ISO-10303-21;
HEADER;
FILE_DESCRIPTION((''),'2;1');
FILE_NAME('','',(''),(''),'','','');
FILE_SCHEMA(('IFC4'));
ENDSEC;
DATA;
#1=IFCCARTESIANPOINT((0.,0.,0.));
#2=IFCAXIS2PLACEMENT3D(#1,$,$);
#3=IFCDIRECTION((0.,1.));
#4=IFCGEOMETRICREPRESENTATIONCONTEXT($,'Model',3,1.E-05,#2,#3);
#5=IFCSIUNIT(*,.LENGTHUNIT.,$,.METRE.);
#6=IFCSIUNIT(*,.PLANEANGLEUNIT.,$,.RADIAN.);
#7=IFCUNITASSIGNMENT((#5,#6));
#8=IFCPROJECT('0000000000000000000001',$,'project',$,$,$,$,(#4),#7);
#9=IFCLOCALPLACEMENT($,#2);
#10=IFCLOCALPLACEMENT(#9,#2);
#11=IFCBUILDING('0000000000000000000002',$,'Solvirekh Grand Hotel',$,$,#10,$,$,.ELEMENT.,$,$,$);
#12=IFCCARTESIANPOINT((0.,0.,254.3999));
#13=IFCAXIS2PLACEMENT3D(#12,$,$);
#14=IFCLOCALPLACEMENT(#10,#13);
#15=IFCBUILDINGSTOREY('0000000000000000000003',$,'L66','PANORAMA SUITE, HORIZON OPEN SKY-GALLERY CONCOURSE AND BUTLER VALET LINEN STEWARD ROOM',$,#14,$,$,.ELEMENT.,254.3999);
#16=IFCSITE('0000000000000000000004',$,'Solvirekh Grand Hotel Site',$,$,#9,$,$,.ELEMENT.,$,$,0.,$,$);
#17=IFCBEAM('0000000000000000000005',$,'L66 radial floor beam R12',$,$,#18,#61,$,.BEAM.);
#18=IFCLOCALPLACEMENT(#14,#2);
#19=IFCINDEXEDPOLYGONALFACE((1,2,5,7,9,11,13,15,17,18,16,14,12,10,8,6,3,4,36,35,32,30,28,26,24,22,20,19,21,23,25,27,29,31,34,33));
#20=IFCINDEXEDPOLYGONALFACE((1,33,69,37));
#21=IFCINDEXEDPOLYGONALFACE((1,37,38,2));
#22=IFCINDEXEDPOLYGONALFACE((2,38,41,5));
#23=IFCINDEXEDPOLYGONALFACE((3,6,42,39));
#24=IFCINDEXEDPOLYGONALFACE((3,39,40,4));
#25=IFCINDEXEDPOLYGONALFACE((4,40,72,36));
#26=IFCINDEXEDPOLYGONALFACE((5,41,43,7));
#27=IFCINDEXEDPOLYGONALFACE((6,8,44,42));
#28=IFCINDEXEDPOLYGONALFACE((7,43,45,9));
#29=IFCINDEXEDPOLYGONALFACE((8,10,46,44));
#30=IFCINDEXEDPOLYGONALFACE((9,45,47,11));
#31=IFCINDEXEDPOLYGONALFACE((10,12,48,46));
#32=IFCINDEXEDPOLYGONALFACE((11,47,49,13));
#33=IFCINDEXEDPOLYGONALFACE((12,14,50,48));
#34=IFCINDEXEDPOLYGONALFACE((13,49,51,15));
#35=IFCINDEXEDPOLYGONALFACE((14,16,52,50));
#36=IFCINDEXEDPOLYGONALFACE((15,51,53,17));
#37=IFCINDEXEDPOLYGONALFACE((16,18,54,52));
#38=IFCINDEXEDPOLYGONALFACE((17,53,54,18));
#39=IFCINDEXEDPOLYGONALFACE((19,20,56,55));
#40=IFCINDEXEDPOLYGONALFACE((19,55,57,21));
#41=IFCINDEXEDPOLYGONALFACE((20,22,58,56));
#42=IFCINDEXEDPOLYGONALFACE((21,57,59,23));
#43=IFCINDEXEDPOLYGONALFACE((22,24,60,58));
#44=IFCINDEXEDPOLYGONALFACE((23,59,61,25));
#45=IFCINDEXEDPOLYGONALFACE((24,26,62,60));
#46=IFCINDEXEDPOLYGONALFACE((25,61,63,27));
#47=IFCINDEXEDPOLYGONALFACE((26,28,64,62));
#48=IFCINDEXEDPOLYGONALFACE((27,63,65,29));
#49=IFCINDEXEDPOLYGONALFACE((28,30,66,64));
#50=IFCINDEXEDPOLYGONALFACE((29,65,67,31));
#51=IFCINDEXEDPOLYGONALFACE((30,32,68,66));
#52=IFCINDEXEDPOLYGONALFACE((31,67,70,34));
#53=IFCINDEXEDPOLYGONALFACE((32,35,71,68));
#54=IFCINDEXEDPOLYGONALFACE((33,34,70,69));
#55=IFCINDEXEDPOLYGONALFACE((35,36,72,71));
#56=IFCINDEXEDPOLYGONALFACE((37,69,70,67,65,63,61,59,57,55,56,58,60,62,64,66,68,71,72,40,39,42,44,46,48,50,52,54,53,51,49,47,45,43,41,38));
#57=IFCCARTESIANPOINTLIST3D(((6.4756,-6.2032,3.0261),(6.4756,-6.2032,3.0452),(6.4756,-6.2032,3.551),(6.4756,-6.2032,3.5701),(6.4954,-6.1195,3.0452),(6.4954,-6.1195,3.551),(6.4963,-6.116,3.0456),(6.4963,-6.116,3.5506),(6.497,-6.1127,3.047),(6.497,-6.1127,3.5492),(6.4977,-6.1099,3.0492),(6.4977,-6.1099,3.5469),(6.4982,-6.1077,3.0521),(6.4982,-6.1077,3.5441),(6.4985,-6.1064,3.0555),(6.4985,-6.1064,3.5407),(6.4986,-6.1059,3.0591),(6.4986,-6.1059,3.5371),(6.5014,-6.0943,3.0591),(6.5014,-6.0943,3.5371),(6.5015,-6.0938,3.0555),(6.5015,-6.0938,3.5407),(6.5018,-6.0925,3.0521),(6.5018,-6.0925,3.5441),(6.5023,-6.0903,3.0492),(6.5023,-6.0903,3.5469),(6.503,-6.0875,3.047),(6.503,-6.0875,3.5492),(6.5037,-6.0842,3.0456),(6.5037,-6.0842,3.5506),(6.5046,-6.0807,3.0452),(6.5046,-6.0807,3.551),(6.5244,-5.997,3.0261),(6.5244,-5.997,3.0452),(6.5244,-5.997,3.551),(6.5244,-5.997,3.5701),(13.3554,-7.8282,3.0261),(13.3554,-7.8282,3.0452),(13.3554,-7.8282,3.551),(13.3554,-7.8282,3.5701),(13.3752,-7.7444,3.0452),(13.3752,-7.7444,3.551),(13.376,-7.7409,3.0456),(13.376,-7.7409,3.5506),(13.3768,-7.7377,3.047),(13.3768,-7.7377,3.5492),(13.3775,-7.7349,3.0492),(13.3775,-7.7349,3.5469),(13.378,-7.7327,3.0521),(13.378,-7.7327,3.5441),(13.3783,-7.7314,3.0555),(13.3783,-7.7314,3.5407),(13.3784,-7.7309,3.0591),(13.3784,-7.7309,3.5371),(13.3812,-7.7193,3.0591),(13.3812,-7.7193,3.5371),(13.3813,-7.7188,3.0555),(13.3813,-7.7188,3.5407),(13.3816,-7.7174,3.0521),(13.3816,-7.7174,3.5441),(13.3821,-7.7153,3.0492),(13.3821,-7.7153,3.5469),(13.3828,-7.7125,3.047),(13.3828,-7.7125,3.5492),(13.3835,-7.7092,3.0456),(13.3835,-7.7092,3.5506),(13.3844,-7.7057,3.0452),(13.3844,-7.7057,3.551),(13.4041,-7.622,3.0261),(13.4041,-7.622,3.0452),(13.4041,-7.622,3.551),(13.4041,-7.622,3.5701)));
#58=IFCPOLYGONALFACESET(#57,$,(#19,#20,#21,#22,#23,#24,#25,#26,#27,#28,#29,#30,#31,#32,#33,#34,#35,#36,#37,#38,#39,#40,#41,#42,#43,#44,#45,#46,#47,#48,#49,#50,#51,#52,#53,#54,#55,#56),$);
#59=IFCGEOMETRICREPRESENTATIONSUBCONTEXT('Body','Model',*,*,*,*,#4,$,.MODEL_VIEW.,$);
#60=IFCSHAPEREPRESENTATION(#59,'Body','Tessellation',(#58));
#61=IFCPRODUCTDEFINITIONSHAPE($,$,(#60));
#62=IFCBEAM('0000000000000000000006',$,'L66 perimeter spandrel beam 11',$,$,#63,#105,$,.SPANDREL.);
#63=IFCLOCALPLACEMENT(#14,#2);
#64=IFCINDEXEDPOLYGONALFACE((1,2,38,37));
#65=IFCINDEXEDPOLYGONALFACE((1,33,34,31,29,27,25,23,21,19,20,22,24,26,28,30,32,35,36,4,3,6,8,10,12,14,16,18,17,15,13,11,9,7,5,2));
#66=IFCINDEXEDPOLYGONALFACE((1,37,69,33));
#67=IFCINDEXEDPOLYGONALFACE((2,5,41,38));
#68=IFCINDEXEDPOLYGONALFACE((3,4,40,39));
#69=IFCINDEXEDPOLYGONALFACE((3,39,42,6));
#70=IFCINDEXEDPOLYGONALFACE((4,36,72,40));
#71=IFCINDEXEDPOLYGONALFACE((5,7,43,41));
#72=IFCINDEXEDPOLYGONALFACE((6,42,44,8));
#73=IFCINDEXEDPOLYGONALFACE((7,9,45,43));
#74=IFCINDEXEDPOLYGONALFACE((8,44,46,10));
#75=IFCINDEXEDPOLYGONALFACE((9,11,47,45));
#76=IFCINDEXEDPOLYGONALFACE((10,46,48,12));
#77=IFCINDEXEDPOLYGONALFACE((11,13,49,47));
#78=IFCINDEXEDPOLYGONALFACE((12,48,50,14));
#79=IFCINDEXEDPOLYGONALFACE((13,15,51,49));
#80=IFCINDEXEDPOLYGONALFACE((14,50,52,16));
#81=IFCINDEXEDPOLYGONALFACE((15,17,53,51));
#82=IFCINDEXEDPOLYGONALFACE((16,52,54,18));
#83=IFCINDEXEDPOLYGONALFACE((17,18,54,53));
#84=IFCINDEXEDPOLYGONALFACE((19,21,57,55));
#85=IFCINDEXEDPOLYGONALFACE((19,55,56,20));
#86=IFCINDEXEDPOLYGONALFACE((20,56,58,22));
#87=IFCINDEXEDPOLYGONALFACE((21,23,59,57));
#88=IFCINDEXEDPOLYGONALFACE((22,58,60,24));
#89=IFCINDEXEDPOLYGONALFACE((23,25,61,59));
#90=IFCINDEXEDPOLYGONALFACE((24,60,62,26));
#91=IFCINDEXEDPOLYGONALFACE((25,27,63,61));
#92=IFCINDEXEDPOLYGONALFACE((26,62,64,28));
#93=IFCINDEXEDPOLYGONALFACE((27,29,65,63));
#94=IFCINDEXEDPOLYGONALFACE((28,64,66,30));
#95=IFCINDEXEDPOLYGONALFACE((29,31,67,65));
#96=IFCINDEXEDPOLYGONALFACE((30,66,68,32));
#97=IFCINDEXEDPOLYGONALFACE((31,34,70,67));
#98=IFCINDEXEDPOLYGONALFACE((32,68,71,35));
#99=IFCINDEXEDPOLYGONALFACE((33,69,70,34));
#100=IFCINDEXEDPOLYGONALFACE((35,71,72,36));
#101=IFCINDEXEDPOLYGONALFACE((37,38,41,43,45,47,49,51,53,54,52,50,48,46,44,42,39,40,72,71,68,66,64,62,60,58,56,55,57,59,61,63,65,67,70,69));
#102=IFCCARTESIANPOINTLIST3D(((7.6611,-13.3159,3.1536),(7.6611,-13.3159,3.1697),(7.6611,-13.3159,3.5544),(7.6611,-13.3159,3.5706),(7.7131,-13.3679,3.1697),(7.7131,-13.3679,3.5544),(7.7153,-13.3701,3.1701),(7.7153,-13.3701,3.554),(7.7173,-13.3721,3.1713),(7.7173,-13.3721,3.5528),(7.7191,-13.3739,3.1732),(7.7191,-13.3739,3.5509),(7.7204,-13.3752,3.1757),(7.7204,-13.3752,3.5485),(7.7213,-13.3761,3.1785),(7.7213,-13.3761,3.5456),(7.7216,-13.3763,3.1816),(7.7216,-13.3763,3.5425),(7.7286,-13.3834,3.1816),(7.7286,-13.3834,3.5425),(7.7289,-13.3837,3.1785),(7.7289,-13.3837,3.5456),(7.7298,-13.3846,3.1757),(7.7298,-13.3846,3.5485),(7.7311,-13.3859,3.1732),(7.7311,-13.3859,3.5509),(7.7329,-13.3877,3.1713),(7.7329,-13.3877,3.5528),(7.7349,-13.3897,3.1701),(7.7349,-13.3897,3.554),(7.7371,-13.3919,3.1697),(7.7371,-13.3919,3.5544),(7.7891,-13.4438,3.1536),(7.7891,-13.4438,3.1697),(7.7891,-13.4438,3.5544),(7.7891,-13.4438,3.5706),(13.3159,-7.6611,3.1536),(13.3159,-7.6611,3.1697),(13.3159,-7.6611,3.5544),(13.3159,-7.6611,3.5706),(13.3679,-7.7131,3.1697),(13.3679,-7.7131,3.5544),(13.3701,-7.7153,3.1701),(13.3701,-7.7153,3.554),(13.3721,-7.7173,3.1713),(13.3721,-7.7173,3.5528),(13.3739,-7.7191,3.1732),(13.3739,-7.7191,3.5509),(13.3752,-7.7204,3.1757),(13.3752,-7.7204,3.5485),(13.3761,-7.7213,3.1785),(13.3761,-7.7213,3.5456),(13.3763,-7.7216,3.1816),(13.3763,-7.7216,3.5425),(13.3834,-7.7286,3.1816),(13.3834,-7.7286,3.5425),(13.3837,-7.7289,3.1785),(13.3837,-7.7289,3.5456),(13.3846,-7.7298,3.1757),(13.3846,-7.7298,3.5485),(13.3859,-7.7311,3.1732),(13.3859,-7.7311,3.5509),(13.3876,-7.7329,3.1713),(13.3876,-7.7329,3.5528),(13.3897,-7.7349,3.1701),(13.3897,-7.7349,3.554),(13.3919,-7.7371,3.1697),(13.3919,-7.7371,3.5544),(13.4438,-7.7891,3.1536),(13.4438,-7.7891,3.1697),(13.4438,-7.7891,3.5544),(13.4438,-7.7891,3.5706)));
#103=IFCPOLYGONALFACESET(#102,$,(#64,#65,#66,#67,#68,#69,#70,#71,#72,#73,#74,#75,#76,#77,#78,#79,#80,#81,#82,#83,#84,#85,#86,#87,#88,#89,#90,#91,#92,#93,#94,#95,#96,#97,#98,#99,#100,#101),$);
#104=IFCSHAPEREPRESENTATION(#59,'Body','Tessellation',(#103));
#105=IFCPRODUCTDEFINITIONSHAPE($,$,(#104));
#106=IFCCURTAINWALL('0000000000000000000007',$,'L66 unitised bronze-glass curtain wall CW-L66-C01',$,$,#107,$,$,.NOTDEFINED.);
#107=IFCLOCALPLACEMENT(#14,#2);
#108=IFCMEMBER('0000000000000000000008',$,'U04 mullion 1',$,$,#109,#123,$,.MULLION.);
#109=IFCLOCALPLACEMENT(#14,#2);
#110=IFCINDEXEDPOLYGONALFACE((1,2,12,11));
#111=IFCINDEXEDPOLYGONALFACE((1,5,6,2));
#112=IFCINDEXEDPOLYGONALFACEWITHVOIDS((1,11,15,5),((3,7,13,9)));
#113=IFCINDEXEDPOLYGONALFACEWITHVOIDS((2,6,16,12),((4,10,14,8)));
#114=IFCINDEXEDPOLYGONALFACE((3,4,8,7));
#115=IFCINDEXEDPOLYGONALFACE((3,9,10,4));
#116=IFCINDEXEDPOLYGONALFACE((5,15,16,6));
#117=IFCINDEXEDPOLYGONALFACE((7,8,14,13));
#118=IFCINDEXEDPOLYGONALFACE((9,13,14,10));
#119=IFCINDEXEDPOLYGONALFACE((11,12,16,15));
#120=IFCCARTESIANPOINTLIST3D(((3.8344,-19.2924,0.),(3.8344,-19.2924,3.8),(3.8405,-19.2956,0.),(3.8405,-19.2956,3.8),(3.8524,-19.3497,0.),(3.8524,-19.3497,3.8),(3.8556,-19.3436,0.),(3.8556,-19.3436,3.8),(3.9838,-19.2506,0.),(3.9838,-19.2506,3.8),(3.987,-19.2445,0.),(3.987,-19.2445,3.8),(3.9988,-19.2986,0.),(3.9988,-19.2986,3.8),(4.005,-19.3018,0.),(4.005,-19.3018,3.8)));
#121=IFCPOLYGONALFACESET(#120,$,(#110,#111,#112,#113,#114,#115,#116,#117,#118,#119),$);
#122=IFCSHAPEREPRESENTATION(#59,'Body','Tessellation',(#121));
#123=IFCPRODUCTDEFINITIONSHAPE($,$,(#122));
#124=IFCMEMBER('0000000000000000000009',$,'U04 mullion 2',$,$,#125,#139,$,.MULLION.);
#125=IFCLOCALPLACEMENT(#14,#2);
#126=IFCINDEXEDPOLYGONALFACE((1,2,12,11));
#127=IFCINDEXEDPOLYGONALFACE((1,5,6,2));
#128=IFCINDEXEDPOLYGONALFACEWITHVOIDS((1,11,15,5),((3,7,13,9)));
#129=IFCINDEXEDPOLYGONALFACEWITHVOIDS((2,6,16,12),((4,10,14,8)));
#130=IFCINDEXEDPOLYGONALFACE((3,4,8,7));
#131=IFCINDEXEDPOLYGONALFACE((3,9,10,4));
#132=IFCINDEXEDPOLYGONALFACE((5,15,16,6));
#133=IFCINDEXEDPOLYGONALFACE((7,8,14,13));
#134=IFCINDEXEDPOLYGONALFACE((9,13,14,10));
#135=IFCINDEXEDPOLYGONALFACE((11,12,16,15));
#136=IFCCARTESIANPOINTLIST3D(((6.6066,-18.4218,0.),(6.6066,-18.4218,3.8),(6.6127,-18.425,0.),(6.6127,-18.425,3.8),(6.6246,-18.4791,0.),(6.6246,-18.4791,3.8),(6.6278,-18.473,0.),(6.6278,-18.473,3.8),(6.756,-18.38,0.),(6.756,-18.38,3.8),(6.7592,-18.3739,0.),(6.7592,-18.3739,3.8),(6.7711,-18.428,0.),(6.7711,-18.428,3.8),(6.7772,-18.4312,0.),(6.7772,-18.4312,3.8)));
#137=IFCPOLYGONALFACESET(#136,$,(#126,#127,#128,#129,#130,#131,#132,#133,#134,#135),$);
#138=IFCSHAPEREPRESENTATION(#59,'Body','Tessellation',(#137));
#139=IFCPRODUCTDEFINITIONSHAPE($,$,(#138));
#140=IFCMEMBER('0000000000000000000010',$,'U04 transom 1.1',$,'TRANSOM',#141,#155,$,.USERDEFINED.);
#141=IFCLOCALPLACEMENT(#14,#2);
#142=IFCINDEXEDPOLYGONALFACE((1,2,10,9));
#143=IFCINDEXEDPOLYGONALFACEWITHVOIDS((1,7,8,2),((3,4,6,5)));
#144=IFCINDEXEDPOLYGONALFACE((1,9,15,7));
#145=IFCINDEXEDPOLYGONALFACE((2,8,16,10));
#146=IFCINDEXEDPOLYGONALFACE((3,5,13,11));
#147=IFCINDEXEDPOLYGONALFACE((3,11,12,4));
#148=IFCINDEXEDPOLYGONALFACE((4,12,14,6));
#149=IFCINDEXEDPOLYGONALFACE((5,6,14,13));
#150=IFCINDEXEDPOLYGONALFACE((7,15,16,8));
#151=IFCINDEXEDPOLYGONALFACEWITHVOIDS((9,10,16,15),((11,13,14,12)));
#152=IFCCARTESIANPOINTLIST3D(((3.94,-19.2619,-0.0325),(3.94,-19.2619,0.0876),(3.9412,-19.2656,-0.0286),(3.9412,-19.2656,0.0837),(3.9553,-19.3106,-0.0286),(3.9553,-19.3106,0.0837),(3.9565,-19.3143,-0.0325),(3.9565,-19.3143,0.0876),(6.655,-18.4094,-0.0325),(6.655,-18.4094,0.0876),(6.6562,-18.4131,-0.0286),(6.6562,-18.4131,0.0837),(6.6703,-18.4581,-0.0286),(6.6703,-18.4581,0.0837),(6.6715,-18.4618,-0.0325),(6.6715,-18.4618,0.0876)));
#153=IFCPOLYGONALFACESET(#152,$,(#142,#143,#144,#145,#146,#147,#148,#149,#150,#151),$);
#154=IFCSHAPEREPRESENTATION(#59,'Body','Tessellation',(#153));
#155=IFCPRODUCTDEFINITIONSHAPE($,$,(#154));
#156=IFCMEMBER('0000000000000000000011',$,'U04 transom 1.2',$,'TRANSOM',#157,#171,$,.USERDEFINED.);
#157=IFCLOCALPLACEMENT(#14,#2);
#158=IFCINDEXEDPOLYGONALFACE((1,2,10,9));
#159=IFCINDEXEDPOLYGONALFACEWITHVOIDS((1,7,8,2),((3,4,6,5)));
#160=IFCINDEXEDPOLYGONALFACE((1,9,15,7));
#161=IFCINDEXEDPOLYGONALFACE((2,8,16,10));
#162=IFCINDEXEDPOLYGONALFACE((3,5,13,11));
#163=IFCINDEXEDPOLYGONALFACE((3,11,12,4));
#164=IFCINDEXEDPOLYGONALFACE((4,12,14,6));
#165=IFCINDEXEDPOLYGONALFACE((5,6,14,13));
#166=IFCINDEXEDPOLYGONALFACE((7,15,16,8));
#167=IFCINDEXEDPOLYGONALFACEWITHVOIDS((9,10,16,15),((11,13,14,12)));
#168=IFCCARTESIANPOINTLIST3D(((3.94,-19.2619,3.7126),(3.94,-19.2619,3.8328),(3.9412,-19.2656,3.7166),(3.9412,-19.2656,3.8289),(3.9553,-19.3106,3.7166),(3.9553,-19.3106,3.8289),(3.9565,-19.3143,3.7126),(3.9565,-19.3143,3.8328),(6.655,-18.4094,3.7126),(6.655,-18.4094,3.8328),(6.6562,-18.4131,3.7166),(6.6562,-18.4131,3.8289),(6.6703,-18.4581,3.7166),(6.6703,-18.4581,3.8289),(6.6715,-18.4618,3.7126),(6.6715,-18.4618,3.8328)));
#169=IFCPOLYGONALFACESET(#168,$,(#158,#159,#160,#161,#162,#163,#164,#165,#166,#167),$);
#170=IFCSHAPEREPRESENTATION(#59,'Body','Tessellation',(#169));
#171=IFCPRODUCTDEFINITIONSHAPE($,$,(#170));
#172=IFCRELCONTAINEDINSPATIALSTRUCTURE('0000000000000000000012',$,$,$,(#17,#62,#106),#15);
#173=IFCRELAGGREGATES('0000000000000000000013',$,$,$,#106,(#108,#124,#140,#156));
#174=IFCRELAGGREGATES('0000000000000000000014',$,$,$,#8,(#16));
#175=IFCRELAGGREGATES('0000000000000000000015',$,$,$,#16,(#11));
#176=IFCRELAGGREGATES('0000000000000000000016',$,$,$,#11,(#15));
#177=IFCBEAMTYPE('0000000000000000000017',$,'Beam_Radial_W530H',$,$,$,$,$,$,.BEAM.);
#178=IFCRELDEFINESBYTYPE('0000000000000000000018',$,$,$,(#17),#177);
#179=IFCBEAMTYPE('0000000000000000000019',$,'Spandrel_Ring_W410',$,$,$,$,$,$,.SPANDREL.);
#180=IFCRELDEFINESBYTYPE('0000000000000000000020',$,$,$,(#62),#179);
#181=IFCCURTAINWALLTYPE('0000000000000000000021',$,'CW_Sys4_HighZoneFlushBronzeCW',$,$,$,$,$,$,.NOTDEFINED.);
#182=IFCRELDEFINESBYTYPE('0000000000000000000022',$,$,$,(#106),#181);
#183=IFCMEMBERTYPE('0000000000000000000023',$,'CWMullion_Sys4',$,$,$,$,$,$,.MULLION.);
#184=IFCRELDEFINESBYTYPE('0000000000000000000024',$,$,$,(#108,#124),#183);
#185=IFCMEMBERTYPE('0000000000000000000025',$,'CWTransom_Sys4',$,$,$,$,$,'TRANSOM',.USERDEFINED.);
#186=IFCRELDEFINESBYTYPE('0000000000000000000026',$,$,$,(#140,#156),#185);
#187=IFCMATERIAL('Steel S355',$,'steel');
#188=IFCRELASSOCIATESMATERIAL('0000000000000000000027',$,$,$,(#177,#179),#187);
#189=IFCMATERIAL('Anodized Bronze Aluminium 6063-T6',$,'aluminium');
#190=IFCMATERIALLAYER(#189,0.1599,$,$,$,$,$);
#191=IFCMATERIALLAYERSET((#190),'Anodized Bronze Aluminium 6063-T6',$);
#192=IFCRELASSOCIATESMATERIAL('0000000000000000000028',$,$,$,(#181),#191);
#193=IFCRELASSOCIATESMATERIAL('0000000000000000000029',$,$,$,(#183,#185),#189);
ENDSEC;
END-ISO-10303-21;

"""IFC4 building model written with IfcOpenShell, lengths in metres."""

from ifc_helpers import new_model, si_unit, direction, frame, origin, origin_2d, place, context, subcontext, project, spatial, hollow_rectangle, i_section, extrude, source, transform, mapped, material, layer, layer_set, material_profile, profile_set, type_object, element, aggregate, save


model = new_model("IFC4")

# Units and contexts
model_context = context("Model", 3, precision=1e-05, world=origin(), true_north=direction((0.0, 1.0)))
body_context = subcontext(model_context, "Body", "Model", "MODEL_VIEW")
ifc_project = project(units=[si_unit("LENGTHUNIT", "METRE"), si_unit("PLANEANGLEUNIT", "RADIAN")], contexts=[model_context])

# Site, building, storey
site_placement = place(None, origin())
site = spatial("IfcSite", under=ifc_project, at=site_placement, Name="Solvirekh Grand Hotel Site", CompositionType="ELEMENT", RefElevation=0.0)
building_placement = place(site_placement, origin())
building = spatial("IfcBuilding", under=site, at=building_placement, Name="Solvirekh Grand Hotel", CompositionType="ELEMENT")
storey_placement = place(building_placement, frame((0.0, 0.0, 254.3999)))
storey = spatial("IfcBuildingStorey", under=building, at=storey_placement, Name="L66", Description="PANORAMA SUITE, HORIZON OPEN SKY-GALLERY CONCOURSE AND BUTLER VALET LINEN STEWARD ROOM", CompositionType="ELEMENT", Elevation=254.3999)

# Beams
ifc_material_1 = material(Name="Steel S355", Category="steel")
ifc_material_profile_1 = material_profile(ifc_material_1, i_section(OverallWidth=0.2119, OverallDepth=0.5439, WebThickness=0.012, FlangeThickness=0.019, FilletRadius=0.0139, at=origin_2d()), Name="W530X123")
ifc_profile_set_1 = profile_set([ifc_material_profile_1], Name="Steel S355")
beam_type_1 = type_object("IfcBeamType", Name="Beam_Radial_W530H", PredefinedType="BEAM", material=ifc_profile_set_1)
beam_1_placement = place(storey_placement, frame((6.5, -6.1001, 3.2981), z_axis=(0.973221, -0.229871, 0.0), x_axis=(0.229871, 0.973221, 0.0)))
element("IfcBeam", 1, at=beam_1_placement, inside=storey, type_object=beam_type_1, Name="L66 radial floor beam R12", PredefinedType="BEAM", context=body_context, shape_type="SweptSolid", body=[
    extrude(i_section(OverallWidth=0.2119, OverallDepth=0.5439, WebThickness=0.012, FlangeThickness=0.019, FilletRadius=0.0139, at=origin_2d()), origin(), (0.0, 0.0, 1.0), 7.0691),
])
ifc_material_profile_2 = material_profile(ifc_material_1, i_section(OverallWidth=0.1809, OverallDepth=0.417, WebThickness=0.01, FlangeThickness=0.0161, FilletRadius=0.012, at=origin_2d()), Name="W410X85")
ifc_profile_set_2 = profile_set([ifc_material_profile_2], Name="Steel S355")
beam_type_2 = type_object("IfcBeamType", Name="Spandrel_Ring_W410", PredefinedType="SPANDREL", material=ifc_profile_set_2)
beam_2_placement = place(storey_placement, frame((7.7251, -13.3799, 3.3621), z_axis=(0.707107, 0.707107, 0.0), x_axis=(-0.707107, 0.707107, 0.0)))
element("IfcBeam", 2, at=beam_2_placement, inside=storey, type_object=beam_type_2, Name="L66 perimeter spandrel beam 11", PredefinedType="SPANDREL", context=body_context, shape_type="SweptSolid", body=[
    extrude(i_section(OverallWidth=0.1809, OverallDepth=0.417, WebThickness=0.01, FlangeThickness=0.0161, FilletRadius=0.012, at=origin_2d()), origin(), (0.0, 0.0, 1.0), 7.9971),
])

# Curtain wall, members
ifc_material_2 = material(Name="Anodized Bronze Aluminium 6063-T6", Category="aluminium")
ifc_layer_1 = layer(ifc_material_2, 0.1599)
ifc_layer_set_1 = layer_set([ifc_layer_1], Name="Anodized Bronze Aluminium 6063-T6")
curtain_wall_type = type_object("IfcCurtainWallType", Name="CW_Sys4_HighZoneFlushBronzeCW", PredefinedType="NOTDEFINED", material=ifc_layer_set_1)
curtain_wall_placement = place(storey_placement, origin())
curtain_wall = element("IfcCurtainWall", 3, at=curtain_wall_placement, inside=storey, type_object=curtain_wall_type, Name="L66 unitised bronze-glass curtain wall CW-L66-C01", PredefinedType="NOTDEFINED")
ifc_material_profile_3 = material_profile(ifc_material_2, hollow_rectangle(XDim=0.0601, YDim=0.1599, WallThickness=0.0049, at=origin_2d()), Name="ALU RHS 160X60X5")
ifc_profile_set_3 = profile_set([ifc_material_profile_3], Name="Anodized Bronze Aluminium 6063-T6")
member_type_1 = type_object("IfcMemberType", Name="CWMullion_Sys4", PredefinedType="MULLION", material=ifc_profile_set_3)
shared_shape_1 = source(origin(), body_context, "Body", "SweptSolid", [
    extrude(hollow_rectangle(XDim=0.0601, YDim=0.1599, WallThickness=0.0049, at=origin_2d()), origin(), (0.0, 0.0, 1.0), 3.8),
])
member_1_placement = place(storey_placement, frame((3.9197, -19.2971, 0.0), z_axis=(0.0, 0.0, 1.0), x_axis=(-0.299574, 0.954073, 0.0)))
member_1 = element("IfcMember", 4, at=member_1_placement, type_object=member_type_1, Name="U04 mullion 1", PredefinedType="MULLION", context=body_context, shape_type="MappedRepresentation", body=[
    mapped(shared_shape_1, transform((0.0, 0.0, 0.0), x_axis=(1.0, 0.0, 0.0), y_axis=(0.0, 1.0, 0.0), z_axis=(0.0, 0.0, 1.0), scale=1.0)),
])
member_2_placement = place(storey_placement, frame((6.6919, -18.4265, 0.0), z_axis=(0.0, 0.0, 1.0), x_axis=(-0.299574, 0.954073, 0.0)))
member_2 = element("IfcMember", 5, at=member_2_placement, type_object=member_type_1, Name="U04 mullion 2", PredefinedType="MULLION", context=body_context, shape_type="MappedRepresentation", body=[
    mapped(shared_shape_1, transform((0.0, 0.0, 0.0), x_axis=(1.0, 0.0, 0.0), y_axis=(0.0, 1.0, 0.0), z_axis=(0.0, 0.0, 1.0), scale=1.0)),
])
ifc_material_profile_4 = material_profile(ifc_material_2, hollow_rectangle(XDim=0.0549, YDim=0.1201, WallThickness=0.0039, at=origin_2d()), Name="ALU RHS 120X55X4")
ifc_profile_set_4 = profile_set([ifc_material_profile_4], Name="Anodized Bronze Aluminium 6063-T6")
member_type_2 = type_object("IfcMemberType", Name="CWTransom_Sys4", ElementType="TRANSOM", PredefinedType="USERDEFINED", material=ifc_profile_set_4)
shared_shape_2 = source(origin(), body_context, "Body", "SweptSolid", [
    extrude(hollow_rectangle(XDim=0.0549, YDim=0.1201, WallThickness=0.0039, at=origin_2d()), origin(), (0.0, 0.0, 1.0), 2.8457),
])
member_3_placement = place(storey_placement, frame((3.9482, -19.2881, 0.0276), z_axis=(0.954072, 0.299579, 0.0), x_axis=(-0.299579, 0.954072, 0.0)))
member_3 = element("IfcMember", 6, at=member_3_placement, type_object=member_type_2, Name="U04 transom 1.1", ObjectType="TRANSOM", PredefinedType="USERDEFINED", context=body_context, shape_type="MappedRepresentation", body=[
    mapped(shared_shape_2, transform((0.0, 0.0, 0.0), x_axis=(1.0, 0.0, 0.0), y_axis=(0.0, 1.0, 0.0), z_axis=(0.0, 0.0, 1.0), scale=1.0)),
])
member_4_placement = place(storey_placement, frame((3.9482, -19.2881, 3.7727), z_axis=(0.954072, 0.299579, 0.0), x_axis=(-0.299579, 0.954072, 0.0)))
member_4 = element("IfcMember", 7, at=member_4_placement, type_object=member_type_2, Name="U04 transom 1.2", ObjectType="TRANSOM", PredefinedType="USERDEFINED", context=body_context, shape_type="MappedRepresentation", body=[
    mapped(shared_shape_2, transform((0.0, 0.0, 0.0), x_axis=(1.0, 0.0, 0.0), y_axis=(0.0, 1.0, 0.0), z_axis=(0.0, 0.0, 1.0), scale=1.0)),
])
aggregate(curtain_wall, [member_1, member_2, member_3, member_4])

save(model, "model.ifc")
